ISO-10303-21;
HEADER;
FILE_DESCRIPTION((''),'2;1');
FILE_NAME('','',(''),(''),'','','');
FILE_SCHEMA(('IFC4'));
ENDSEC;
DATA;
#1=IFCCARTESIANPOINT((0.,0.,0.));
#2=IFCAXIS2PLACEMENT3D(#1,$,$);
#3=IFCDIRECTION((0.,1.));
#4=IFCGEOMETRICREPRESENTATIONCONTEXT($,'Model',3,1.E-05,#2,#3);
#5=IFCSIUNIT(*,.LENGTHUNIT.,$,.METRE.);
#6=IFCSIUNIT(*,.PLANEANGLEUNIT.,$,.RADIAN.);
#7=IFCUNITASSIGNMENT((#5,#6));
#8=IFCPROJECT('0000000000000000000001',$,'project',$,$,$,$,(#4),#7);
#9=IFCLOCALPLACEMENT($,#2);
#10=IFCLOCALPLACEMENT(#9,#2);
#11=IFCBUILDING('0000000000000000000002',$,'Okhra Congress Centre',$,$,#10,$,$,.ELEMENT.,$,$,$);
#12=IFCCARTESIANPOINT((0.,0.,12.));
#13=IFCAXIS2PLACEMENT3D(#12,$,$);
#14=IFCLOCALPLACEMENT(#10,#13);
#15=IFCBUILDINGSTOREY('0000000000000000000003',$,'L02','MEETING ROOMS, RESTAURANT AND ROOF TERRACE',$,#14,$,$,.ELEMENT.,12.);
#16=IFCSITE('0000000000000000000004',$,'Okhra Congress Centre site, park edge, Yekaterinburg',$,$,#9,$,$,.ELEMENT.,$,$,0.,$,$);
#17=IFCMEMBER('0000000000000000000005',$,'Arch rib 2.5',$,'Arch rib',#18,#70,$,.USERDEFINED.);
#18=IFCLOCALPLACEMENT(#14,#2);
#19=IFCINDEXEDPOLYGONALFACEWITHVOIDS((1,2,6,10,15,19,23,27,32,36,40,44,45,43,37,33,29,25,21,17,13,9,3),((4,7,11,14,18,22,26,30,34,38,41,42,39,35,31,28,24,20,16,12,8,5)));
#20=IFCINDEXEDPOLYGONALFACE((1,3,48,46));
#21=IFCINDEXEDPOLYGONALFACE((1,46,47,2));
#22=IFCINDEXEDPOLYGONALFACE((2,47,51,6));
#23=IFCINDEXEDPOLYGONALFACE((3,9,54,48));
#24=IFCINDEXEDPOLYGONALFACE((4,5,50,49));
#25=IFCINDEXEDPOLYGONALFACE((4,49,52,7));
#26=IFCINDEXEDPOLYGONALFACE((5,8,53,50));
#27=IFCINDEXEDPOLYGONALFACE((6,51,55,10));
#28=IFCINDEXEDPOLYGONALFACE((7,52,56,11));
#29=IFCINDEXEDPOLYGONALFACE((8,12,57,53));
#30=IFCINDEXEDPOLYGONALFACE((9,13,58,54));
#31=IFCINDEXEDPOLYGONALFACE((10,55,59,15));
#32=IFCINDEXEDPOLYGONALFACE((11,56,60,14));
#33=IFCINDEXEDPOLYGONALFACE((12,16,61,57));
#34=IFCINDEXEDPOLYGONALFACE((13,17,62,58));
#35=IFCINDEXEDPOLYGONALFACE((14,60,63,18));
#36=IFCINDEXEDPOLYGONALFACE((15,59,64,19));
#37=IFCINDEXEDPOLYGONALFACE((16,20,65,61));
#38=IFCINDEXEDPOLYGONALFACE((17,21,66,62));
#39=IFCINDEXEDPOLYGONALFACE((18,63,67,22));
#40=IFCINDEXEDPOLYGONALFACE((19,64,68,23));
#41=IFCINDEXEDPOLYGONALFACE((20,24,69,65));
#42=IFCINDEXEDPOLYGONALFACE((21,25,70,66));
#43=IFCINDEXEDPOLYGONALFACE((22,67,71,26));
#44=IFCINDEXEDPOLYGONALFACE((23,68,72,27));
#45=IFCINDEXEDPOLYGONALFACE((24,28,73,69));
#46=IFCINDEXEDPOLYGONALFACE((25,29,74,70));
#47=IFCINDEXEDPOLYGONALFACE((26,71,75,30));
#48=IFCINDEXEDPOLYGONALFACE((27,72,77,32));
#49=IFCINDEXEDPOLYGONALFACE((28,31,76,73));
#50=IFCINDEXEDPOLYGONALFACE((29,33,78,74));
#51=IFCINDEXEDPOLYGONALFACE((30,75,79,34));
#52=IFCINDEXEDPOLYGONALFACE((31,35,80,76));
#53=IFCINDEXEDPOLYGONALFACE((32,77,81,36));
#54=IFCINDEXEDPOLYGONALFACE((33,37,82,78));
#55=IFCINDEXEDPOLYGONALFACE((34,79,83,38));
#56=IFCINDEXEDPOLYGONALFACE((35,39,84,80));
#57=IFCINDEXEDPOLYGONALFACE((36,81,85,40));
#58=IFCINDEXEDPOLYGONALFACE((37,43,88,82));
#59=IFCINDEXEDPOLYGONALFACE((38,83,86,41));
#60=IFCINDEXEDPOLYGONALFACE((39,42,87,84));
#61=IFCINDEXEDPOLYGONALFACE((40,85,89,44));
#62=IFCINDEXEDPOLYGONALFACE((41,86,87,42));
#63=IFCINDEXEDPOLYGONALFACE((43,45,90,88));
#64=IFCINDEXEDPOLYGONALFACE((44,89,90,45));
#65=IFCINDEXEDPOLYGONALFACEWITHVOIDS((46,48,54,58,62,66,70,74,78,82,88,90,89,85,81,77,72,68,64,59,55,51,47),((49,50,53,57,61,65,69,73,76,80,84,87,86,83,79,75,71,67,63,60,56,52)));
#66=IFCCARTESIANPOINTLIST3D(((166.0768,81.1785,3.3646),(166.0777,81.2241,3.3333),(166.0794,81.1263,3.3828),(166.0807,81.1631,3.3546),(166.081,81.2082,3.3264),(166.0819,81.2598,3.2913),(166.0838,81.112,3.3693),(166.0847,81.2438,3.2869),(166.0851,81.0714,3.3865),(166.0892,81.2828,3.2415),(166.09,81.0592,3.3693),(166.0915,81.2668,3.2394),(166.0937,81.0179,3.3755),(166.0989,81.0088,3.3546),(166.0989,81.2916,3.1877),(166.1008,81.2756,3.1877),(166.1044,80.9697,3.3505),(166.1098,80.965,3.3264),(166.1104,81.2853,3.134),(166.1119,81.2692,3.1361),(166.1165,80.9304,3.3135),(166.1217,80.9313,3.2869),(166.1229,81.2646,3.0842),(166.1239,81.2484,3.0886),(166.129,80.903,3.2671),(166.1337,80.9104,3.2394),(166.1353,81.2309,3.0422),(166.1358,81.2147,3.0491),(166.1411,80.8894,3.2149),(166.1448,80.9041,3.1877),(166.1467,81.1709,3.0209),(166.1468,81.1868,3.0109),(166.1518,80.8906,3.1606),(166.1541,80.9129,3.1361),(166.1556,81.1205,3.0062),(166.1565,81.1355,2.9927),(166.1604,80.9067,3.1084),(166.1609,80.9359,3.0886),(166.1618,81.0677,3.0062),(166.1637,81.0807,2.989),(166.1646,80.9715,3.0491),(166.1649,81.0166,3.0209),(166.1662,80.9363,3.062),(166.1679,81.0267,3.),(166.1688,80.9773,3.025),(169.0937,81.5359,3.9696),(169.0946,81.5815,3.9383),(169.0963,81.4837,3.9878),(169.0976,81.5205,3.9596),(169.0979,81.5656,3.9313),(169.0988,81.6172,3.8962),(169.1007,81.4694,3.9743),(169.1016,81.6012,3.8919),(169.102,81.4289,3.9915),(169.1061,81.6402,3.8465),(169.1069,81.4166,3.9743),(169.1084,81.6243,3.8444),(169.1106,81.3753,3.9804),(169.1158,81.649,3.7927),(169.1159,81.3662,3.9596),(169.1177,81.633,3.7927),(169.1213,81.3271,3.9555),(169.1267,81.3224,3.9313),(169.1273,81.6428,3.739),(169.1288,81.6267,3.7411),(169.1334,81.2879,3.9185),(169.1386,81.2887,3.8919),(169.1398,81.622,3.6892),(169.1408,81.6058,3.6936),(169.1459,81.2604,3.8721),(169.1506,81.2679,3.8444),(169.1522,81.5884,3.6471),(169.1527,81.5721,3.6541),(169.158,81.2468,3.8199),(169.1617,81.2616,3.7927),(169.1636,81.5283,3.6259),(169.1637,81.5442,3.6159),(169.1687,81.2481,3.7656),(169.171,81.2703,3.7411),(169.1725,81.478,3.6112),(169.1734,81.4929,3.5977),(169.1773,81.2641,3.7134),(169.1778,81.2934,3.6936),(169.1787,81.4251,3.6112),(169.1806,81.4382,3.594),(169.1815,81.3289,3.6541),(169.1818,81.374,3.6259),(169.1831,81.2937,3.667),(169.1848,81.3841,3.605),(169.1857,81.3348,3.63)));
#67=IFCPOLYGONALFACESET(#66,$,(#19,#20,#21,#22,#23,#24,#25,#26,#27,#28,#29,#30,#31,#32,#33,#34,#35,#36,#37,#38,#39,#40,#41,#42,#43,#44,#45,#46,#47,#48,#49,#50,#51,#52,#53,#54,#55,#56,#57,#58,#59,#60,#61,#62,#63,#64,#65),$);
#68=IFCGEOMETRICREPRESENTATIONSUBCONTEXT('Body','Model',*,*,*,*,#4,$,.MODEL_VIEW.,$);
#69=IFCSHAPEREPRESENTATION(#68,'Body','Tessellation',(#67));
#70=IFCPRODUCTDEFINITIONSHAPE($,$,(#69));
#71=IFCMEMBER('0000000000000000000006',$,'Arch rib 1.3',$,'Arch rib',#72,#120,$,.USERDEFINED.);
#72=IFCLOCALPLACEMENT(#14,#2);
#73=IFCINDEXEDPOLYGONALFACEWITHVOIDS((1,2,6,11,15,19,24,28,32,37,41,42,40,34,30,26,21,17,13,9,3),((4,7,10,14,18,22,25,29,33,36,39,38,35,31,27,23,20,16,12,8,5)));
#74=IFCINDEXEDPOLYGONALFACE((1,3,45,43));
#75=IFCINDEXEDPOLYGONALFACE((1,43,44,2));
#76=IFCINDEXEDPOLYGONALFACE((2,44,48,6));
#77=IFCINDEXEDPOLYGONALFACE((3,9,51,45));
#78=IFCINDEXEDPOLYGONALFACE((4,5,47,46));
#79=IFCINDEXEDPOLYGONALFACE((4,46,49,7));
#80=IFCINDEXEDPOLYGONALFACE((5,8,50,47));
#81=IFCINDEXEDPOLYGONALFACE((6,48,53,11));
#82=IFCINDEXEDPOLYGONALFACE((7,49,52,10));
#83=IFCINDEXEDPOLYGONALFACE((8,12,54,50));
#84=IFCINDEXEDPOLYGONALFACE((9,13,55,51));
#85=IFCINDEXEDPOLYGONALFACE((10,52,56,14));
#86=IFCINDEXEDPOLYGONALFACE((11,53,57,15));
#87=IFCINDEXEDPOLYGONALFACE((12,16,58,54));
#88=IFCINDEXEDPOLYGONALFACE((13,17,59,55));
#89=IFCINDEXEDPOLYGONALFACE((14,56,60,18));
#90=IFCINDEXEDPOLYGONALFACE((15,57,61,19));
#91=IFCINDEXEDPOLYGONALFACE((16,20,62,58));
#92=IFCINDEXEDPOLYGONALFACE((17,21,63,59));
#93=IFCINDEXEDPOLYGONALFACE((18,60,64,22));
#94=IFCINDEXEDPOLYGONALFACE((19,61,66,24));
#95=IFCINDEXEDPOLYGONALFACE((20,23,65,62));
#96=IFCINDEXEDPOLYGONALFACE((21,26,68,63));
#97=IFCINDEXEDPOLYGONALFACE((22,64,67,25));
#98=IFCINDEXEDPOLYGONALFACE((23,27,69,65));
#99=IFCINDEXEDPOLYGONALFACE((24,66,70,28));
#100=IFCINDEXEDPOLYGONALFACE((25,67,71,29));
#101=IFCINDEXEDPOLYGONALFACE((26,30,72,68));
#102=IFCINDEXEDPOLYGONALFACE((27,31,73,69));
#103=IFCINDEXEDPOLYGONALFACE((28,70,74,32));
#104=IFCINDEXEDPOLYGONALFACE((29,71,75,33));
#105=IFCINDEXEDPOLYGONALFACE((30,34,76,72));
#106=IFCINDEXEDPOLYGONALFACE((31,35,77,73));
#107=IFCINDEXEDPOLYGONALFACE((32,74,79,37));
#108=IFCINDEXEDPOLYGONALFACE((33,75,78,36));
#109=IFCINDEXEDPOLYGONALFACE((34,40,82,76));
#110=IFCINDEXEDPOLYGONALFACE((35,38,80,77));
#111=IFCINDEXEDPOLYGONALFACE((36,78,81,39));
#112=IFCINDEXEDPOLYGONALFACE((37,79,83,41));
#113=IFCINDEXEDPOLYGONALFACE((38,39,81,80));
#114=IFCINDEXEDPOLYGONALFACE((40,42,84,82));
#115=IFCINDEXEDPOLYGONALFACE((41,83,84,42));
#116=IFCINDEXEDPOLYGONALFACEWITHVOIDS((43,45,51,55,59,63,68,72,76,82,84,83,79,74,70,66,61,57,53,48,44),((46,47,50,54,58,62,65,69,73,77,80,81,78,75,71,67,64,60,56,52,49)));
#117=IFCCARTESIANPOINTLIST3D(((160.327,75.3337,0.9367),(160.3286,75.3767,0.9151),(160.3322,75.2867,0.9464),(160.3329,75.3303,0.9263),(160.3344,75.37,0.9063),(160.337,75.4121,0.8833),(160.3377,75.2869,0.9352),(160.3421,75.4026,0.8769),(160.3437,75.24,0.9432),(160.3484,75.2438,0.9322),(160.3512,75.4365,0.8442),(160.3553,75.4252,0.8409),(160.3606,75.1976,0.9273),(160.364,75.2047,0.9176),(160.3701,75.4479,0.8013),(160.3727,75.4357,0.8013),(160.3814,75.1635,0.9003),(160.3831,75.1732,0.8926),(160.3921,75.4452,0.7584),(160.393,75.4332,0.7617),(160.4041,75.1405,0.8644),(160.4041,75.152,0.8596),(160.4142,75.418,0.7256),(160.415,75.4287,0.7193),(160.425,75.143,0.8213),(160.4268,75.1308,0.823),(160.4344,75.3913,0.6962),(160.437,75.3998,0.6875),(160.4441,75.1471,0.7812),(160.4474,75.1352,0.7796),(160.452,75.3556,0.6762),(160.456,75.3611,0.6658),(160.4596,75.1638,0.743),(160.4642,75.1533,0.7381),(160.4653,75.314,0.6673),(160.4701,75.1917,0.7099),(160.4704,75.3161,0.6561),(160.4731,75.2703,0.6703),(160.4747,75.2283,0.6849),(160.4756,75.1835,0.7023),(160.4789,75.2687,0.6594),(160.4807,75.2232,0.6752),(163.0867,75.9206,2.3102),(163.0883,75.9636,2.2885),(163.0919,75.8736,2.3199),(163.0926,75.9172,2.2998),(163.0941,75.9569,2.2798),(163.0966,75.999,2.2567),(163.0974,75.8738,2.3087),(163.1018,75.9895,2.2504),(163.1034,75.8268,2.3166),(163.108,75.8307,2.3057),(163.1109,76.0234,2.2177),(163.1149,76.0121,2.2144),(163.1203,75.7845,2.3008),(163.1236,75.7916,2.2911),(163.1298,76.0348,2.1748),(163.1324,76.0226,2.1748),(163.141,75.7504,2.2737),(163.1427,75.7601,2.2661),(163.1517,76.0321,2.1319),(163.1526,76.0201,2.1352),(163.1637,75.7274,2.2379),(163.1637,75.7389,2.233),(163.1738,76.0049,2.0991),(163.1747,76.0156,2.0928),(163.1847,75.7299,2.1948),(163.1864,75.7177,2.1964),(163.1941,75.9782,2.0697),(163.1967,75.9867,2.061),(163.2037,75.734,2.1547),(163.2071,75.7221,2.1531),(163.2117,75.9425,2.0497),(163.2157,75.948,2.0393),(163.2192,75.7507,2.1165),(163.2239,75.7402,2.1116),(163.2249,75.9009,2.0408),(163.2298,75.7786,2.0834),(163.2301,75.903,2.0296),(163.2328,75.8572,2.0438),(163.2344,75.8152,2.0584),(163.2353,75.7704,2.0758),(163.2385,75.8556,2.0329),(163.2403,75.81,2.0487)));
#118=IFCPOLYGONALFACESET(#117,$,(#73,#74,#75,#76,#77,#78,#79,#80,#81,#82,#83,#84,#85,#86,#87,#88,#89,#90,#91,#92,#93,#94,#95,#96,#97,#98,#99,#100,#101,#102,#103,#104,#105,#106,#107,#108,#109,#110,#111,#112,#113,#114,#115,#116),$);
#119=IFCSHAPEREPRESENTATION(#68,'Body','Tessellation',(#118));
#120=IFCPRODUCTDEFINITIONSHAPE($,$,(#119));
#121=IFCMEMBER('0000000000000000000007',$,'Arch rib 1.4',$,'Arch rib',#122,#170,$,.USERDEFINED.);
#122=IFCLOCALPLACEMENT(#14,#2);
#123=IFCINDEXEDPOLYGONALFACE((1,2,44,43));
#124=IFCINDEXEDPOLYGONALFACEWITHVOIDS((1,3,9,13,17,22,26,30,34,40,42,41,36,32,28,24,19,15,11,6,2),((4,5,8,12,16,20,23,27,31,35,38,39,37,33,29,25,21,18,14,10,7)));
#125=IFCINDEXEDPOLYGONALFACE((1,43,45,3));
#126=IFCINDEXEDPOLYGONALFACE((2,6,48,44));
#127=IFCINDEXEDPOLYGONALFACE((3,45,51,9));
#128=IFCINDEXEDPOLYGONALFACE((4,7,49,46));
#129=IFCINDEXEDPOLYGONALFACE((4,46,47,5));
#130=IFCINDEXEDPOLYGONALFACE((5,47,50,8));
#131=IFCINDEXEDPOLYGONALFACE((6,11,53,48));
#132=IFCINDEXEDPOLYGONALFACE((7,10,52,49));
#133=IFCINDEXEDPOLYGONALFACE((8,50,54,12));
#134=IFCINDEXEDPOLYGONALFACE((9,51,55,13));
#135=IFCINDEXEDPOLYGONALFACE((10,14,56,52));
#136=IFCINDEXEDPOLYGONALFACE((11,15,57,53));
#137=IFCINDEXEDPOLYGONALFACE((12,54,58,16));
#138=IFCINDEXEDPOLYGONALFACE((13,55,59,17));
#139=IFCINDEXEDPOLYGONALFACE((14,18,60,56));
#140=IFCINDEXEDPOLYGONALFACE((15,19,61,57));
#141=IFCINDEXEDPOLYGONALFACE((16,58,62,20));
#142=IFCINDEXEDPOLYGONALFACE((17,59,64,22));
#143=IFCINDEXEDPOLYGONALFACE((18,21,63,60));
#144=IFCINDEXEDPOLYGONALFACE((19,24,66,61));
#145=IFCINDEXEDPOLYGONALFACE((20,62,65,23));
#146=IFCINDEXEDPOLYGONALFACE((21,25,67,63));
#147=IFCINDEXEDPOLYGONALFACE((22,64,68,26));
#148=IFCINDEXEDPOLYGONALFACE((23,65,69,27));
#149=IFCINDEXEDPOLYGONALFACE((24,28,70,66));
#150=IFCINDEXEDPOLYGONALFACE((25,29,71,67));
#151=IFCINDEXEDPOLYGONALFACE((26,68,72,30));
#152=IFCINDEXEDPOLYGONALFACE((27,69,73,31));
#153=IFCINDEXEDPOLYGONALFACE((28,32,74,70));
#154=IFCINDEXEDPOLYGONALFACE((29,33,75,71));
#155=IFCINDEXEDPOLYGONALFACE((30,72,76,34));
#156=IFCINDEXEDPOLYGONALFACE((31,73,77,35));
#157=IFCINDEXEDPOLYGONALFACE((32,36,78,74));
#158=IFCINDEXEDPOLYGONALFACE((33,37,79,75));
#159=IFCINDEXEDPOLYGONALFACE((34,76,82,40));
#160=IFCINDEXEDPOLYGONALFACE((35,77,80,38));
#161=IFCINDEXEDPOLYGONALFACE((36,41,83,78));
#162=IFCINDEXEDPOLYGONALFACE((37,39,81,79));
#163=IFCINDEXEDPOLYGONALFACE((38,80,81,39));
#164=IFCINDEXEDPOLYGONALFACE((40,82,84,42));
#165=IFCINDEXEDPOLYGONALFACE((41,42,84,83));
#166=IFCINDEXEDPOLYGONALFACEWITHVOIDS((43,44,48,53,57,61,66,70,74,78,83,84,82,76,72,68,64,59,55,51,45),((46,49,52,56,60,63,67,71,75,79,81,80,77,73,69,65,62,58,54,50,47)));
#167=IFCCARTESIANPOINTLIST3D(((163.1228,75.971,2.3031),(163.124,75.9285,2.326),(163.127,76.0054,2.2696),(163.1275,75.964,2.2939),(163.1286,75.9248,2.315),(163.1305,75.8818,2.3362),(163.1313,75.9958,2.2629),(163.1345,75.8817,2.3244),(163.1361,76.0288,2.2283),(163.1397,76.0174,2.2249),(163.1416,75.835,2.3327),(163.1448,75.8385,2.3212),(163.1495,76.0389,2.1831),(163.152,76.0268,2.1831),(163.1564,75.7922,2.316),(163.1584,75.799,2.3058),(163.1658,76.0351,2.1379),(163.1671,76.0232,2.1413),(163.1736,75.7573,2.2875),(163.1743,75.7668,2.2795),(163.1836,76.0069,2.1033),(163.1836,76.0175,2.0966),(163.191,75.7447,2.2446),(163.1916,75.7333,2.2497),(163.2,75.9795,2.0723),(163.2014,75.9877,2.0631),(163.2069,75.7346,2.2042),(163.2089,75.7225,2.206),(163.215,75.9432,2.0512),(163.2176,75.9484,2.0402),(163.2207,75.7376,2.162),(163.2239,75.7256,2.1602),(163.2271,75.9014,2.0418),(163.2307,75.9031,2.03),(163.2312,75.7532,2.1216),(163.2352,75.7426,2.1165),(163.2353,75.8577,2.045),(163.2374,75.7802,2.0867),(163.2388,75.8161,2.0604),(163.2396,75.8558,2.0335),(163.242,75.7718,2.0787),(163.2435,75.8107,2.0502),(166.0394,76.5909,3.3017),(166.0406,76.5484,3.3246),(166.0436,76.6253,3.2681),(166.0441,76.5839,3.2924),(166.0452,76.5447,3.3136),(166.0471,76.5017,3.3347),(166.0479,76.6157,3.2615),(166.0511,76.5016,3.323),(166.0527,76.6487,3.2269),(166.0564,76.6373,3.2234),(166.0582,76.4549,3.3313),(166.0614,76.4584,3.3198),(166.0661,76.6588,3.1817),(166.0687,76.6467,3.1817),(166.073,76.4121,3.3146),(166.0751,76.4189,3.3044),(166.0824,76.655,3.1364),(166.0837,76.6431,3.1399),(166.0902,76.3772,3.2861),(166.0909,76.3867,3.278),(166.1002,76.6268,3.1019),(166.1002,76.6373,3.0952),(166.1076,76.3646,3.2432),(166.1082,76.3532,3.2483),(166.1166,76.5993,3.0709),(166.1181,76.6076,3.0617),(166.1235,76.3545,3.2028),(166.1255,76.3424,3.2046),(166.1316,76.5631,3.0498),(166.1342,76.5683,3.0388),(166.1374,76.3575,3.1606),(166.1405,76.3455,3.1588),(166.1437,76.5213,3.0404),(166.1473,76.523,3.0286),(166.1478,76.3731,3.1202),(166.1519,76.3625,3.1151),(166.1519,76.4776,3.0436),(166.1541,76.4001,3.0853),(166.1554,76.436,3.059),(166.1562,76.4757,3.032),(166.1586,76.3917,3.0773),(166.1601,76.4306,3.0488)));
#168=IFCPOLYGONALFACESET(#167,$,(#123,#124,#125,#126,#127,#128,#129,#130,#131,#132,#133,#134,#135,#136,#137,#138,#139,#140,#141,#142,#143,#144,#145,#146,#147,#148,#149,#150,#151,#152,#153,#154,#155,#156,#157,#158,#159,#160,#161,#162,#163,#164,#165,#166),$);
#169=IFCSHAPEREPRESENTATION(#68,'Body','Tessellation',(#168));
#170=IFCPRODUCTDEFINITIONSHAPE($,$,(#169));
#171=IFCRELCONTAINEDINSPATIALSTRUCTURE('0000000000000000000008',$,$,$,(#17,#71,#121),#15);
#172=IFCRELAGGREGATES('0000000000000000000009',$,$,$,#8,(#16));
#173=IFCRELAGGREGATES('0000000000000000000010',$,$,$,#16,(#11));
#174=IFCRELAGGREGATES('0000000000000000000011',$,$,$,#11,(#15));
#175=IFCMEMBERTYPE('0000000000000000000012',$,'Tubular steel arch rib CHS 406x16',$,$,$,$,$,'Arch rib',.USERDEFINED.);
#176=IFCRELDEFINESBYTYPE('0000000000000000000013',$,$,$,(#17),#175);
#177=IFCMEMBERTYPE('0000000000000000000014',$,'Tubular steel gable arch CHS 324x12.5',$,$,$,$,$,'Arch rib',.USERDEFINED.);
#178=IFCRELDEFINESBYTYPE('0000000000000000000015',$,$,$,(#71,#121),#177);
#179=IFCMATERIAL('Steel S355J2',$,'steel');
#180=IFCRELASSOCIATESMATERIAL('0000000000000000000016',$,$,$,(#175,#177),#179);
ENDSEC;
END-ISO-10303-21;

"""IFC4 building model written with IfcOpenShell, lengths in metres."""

from ifc_helpers import new_model, si_unit, direction, frame, origin, origin_2d, place, context, subcontext, project, spatial, hollow_circle, extrude, material, material_profile, profile_set, type_object, element, save


model = new_model("IFC4")

# Units and contexts
model_context = context("Model", 3, precision=1e-05, world=origin(), true_north=direction((0.0, 1.0)))
body_context = subcontext(model_context, "Body", "Model", "MODEL_VIEW")
ifc_project = project(units=[si_unit("LENGTHUNIT", "METRE"), si_unit("PLANEANGLEUNIT", "RADIAN")], contexts=[model_context])

# Site, building, storey
site_placement = place(None, origin())
site = spatial("IfcSite", under=ifc_project, at=site_placement, Name="Okhra Congress Centre site, park edge, Yekaterinburg", CompositionType="ELEMENT", RefElevation=0.0)
building_placement = place(site_placement, origin())
building = spatial("IfcBuilding", under=site, at=building_placement, Name="Okhra Congress Centre", CompositionType="ELEMENT")
storey_placement = place(building_placement, frame((0.0, 0.0, 12.0)))
storey = spatial("IfcBuildingStorey", under=building, at=storey_placement, Name="L02", Description="MEETING ROOMS, RESTAURANT AND ROOF TERRACE", CompositionType="ELEMENT", Elevation=12.0)

# Shared definitions
ifc_material_1 = material(Name="Steel S355J2", Category="steel")

# Members
ifc_material_profile_1 = material_profile(ifc_material_1, hollow_circle(Radius=0.2031, WallThickness=0.0161, at=origin_2d()), Name="CHS 406.4x16")
ifc_profile_set_1 = profile_set([ifc_material_profile_1], Name="Steel S355J2")
member_type_1 = type_object("IfcMemberType", Name="Tubular steel arch rib CHS 406x16", ElementType="Arch rib", PredefinedType="USERDEFINED", material=ifc_profile_set_1)
member_1_placement = place(storey_placement, frame((166.1228, 81.0898, 3.1877), z_axis=(0.973931, 0.115387, 0.195306), x_axis=(-0.117653, 0.993055, 0.0)))
element("IfcMember", 1, at=member_1_placement, inside=storey, type_object=member_type_1, Name="Arch rib 2.5", ObjectType="Arch rib", PredefinedType="USERDEFINED", context=body_context, shape_type="SweptSolid", body=[
    extrude(hollow_circle(Radius=0.2031, WallThickness=0.0161, at=origin_2d()), origin(), (0.0, 0.0, 1.0), 3.0977),
])
ifc_material_profile_2 = material_profile(ifc_material_1, hollow_circle(Radius=0.1619, WallThickness=0.0125, at=origin_2d()), Name="CHS 323.9x12.5")
ifc_profile_set_2 = profile_set([ifc_material_profile_2], Name="Steel S355J2")
member_type_2 = type_object("IfcMemberType", Name="Tubular steel gable arch CHS 324x12.5", ElementType="Arch rib", PredefinedType="USERDEFINED", material=ifc_profile_set_2)
member_2_placement = place(storey_placement, frame((160.4038, 75.2896, 0.8013), z_axis=(0.879452, 0.187031, 0.437703), x_axis=(-0.208016, 0.978125, 0.0)))
element("IfcMember", 2, at=member_2_placement, inside=storey, type_object=member_type_2, Name="Arch rib 1.3", ObjectType="Arch rib", PredefinedType="USERDEFINED", context=body_context, shape_type="SweptSolid", body=[
    extrude(hollow_circle(Radius=0.1619, WallThickness=0.0125, at=origin_2d()), origin(), (0.0, 0.0, 1.0), 3.1379),
])
member_3_placement = place(storey_placement, frame((163.1831, 75.8806, 2.1831), z_axis=(0.92752, 0.197135, 0.317559), x_axis=(-0.207896, 0.978151, 0.0)))
element("IfcMember", 3, at=member_3_placement, inside=storey, type_object=member_type_2, Name="Arch rib 1.4", ObjectType="Arch rib", PredefinedType="USERDEFINED", context=body_context, shape_type="SweptSolid", body=[
    extrude(hollow_circle(Radius=0.1619, WallThickness=0.0125, at=origin_2d()), origin(), (0.0, 0.0, 1.0), 3.1445),
])

save(model, "model.ifc")
